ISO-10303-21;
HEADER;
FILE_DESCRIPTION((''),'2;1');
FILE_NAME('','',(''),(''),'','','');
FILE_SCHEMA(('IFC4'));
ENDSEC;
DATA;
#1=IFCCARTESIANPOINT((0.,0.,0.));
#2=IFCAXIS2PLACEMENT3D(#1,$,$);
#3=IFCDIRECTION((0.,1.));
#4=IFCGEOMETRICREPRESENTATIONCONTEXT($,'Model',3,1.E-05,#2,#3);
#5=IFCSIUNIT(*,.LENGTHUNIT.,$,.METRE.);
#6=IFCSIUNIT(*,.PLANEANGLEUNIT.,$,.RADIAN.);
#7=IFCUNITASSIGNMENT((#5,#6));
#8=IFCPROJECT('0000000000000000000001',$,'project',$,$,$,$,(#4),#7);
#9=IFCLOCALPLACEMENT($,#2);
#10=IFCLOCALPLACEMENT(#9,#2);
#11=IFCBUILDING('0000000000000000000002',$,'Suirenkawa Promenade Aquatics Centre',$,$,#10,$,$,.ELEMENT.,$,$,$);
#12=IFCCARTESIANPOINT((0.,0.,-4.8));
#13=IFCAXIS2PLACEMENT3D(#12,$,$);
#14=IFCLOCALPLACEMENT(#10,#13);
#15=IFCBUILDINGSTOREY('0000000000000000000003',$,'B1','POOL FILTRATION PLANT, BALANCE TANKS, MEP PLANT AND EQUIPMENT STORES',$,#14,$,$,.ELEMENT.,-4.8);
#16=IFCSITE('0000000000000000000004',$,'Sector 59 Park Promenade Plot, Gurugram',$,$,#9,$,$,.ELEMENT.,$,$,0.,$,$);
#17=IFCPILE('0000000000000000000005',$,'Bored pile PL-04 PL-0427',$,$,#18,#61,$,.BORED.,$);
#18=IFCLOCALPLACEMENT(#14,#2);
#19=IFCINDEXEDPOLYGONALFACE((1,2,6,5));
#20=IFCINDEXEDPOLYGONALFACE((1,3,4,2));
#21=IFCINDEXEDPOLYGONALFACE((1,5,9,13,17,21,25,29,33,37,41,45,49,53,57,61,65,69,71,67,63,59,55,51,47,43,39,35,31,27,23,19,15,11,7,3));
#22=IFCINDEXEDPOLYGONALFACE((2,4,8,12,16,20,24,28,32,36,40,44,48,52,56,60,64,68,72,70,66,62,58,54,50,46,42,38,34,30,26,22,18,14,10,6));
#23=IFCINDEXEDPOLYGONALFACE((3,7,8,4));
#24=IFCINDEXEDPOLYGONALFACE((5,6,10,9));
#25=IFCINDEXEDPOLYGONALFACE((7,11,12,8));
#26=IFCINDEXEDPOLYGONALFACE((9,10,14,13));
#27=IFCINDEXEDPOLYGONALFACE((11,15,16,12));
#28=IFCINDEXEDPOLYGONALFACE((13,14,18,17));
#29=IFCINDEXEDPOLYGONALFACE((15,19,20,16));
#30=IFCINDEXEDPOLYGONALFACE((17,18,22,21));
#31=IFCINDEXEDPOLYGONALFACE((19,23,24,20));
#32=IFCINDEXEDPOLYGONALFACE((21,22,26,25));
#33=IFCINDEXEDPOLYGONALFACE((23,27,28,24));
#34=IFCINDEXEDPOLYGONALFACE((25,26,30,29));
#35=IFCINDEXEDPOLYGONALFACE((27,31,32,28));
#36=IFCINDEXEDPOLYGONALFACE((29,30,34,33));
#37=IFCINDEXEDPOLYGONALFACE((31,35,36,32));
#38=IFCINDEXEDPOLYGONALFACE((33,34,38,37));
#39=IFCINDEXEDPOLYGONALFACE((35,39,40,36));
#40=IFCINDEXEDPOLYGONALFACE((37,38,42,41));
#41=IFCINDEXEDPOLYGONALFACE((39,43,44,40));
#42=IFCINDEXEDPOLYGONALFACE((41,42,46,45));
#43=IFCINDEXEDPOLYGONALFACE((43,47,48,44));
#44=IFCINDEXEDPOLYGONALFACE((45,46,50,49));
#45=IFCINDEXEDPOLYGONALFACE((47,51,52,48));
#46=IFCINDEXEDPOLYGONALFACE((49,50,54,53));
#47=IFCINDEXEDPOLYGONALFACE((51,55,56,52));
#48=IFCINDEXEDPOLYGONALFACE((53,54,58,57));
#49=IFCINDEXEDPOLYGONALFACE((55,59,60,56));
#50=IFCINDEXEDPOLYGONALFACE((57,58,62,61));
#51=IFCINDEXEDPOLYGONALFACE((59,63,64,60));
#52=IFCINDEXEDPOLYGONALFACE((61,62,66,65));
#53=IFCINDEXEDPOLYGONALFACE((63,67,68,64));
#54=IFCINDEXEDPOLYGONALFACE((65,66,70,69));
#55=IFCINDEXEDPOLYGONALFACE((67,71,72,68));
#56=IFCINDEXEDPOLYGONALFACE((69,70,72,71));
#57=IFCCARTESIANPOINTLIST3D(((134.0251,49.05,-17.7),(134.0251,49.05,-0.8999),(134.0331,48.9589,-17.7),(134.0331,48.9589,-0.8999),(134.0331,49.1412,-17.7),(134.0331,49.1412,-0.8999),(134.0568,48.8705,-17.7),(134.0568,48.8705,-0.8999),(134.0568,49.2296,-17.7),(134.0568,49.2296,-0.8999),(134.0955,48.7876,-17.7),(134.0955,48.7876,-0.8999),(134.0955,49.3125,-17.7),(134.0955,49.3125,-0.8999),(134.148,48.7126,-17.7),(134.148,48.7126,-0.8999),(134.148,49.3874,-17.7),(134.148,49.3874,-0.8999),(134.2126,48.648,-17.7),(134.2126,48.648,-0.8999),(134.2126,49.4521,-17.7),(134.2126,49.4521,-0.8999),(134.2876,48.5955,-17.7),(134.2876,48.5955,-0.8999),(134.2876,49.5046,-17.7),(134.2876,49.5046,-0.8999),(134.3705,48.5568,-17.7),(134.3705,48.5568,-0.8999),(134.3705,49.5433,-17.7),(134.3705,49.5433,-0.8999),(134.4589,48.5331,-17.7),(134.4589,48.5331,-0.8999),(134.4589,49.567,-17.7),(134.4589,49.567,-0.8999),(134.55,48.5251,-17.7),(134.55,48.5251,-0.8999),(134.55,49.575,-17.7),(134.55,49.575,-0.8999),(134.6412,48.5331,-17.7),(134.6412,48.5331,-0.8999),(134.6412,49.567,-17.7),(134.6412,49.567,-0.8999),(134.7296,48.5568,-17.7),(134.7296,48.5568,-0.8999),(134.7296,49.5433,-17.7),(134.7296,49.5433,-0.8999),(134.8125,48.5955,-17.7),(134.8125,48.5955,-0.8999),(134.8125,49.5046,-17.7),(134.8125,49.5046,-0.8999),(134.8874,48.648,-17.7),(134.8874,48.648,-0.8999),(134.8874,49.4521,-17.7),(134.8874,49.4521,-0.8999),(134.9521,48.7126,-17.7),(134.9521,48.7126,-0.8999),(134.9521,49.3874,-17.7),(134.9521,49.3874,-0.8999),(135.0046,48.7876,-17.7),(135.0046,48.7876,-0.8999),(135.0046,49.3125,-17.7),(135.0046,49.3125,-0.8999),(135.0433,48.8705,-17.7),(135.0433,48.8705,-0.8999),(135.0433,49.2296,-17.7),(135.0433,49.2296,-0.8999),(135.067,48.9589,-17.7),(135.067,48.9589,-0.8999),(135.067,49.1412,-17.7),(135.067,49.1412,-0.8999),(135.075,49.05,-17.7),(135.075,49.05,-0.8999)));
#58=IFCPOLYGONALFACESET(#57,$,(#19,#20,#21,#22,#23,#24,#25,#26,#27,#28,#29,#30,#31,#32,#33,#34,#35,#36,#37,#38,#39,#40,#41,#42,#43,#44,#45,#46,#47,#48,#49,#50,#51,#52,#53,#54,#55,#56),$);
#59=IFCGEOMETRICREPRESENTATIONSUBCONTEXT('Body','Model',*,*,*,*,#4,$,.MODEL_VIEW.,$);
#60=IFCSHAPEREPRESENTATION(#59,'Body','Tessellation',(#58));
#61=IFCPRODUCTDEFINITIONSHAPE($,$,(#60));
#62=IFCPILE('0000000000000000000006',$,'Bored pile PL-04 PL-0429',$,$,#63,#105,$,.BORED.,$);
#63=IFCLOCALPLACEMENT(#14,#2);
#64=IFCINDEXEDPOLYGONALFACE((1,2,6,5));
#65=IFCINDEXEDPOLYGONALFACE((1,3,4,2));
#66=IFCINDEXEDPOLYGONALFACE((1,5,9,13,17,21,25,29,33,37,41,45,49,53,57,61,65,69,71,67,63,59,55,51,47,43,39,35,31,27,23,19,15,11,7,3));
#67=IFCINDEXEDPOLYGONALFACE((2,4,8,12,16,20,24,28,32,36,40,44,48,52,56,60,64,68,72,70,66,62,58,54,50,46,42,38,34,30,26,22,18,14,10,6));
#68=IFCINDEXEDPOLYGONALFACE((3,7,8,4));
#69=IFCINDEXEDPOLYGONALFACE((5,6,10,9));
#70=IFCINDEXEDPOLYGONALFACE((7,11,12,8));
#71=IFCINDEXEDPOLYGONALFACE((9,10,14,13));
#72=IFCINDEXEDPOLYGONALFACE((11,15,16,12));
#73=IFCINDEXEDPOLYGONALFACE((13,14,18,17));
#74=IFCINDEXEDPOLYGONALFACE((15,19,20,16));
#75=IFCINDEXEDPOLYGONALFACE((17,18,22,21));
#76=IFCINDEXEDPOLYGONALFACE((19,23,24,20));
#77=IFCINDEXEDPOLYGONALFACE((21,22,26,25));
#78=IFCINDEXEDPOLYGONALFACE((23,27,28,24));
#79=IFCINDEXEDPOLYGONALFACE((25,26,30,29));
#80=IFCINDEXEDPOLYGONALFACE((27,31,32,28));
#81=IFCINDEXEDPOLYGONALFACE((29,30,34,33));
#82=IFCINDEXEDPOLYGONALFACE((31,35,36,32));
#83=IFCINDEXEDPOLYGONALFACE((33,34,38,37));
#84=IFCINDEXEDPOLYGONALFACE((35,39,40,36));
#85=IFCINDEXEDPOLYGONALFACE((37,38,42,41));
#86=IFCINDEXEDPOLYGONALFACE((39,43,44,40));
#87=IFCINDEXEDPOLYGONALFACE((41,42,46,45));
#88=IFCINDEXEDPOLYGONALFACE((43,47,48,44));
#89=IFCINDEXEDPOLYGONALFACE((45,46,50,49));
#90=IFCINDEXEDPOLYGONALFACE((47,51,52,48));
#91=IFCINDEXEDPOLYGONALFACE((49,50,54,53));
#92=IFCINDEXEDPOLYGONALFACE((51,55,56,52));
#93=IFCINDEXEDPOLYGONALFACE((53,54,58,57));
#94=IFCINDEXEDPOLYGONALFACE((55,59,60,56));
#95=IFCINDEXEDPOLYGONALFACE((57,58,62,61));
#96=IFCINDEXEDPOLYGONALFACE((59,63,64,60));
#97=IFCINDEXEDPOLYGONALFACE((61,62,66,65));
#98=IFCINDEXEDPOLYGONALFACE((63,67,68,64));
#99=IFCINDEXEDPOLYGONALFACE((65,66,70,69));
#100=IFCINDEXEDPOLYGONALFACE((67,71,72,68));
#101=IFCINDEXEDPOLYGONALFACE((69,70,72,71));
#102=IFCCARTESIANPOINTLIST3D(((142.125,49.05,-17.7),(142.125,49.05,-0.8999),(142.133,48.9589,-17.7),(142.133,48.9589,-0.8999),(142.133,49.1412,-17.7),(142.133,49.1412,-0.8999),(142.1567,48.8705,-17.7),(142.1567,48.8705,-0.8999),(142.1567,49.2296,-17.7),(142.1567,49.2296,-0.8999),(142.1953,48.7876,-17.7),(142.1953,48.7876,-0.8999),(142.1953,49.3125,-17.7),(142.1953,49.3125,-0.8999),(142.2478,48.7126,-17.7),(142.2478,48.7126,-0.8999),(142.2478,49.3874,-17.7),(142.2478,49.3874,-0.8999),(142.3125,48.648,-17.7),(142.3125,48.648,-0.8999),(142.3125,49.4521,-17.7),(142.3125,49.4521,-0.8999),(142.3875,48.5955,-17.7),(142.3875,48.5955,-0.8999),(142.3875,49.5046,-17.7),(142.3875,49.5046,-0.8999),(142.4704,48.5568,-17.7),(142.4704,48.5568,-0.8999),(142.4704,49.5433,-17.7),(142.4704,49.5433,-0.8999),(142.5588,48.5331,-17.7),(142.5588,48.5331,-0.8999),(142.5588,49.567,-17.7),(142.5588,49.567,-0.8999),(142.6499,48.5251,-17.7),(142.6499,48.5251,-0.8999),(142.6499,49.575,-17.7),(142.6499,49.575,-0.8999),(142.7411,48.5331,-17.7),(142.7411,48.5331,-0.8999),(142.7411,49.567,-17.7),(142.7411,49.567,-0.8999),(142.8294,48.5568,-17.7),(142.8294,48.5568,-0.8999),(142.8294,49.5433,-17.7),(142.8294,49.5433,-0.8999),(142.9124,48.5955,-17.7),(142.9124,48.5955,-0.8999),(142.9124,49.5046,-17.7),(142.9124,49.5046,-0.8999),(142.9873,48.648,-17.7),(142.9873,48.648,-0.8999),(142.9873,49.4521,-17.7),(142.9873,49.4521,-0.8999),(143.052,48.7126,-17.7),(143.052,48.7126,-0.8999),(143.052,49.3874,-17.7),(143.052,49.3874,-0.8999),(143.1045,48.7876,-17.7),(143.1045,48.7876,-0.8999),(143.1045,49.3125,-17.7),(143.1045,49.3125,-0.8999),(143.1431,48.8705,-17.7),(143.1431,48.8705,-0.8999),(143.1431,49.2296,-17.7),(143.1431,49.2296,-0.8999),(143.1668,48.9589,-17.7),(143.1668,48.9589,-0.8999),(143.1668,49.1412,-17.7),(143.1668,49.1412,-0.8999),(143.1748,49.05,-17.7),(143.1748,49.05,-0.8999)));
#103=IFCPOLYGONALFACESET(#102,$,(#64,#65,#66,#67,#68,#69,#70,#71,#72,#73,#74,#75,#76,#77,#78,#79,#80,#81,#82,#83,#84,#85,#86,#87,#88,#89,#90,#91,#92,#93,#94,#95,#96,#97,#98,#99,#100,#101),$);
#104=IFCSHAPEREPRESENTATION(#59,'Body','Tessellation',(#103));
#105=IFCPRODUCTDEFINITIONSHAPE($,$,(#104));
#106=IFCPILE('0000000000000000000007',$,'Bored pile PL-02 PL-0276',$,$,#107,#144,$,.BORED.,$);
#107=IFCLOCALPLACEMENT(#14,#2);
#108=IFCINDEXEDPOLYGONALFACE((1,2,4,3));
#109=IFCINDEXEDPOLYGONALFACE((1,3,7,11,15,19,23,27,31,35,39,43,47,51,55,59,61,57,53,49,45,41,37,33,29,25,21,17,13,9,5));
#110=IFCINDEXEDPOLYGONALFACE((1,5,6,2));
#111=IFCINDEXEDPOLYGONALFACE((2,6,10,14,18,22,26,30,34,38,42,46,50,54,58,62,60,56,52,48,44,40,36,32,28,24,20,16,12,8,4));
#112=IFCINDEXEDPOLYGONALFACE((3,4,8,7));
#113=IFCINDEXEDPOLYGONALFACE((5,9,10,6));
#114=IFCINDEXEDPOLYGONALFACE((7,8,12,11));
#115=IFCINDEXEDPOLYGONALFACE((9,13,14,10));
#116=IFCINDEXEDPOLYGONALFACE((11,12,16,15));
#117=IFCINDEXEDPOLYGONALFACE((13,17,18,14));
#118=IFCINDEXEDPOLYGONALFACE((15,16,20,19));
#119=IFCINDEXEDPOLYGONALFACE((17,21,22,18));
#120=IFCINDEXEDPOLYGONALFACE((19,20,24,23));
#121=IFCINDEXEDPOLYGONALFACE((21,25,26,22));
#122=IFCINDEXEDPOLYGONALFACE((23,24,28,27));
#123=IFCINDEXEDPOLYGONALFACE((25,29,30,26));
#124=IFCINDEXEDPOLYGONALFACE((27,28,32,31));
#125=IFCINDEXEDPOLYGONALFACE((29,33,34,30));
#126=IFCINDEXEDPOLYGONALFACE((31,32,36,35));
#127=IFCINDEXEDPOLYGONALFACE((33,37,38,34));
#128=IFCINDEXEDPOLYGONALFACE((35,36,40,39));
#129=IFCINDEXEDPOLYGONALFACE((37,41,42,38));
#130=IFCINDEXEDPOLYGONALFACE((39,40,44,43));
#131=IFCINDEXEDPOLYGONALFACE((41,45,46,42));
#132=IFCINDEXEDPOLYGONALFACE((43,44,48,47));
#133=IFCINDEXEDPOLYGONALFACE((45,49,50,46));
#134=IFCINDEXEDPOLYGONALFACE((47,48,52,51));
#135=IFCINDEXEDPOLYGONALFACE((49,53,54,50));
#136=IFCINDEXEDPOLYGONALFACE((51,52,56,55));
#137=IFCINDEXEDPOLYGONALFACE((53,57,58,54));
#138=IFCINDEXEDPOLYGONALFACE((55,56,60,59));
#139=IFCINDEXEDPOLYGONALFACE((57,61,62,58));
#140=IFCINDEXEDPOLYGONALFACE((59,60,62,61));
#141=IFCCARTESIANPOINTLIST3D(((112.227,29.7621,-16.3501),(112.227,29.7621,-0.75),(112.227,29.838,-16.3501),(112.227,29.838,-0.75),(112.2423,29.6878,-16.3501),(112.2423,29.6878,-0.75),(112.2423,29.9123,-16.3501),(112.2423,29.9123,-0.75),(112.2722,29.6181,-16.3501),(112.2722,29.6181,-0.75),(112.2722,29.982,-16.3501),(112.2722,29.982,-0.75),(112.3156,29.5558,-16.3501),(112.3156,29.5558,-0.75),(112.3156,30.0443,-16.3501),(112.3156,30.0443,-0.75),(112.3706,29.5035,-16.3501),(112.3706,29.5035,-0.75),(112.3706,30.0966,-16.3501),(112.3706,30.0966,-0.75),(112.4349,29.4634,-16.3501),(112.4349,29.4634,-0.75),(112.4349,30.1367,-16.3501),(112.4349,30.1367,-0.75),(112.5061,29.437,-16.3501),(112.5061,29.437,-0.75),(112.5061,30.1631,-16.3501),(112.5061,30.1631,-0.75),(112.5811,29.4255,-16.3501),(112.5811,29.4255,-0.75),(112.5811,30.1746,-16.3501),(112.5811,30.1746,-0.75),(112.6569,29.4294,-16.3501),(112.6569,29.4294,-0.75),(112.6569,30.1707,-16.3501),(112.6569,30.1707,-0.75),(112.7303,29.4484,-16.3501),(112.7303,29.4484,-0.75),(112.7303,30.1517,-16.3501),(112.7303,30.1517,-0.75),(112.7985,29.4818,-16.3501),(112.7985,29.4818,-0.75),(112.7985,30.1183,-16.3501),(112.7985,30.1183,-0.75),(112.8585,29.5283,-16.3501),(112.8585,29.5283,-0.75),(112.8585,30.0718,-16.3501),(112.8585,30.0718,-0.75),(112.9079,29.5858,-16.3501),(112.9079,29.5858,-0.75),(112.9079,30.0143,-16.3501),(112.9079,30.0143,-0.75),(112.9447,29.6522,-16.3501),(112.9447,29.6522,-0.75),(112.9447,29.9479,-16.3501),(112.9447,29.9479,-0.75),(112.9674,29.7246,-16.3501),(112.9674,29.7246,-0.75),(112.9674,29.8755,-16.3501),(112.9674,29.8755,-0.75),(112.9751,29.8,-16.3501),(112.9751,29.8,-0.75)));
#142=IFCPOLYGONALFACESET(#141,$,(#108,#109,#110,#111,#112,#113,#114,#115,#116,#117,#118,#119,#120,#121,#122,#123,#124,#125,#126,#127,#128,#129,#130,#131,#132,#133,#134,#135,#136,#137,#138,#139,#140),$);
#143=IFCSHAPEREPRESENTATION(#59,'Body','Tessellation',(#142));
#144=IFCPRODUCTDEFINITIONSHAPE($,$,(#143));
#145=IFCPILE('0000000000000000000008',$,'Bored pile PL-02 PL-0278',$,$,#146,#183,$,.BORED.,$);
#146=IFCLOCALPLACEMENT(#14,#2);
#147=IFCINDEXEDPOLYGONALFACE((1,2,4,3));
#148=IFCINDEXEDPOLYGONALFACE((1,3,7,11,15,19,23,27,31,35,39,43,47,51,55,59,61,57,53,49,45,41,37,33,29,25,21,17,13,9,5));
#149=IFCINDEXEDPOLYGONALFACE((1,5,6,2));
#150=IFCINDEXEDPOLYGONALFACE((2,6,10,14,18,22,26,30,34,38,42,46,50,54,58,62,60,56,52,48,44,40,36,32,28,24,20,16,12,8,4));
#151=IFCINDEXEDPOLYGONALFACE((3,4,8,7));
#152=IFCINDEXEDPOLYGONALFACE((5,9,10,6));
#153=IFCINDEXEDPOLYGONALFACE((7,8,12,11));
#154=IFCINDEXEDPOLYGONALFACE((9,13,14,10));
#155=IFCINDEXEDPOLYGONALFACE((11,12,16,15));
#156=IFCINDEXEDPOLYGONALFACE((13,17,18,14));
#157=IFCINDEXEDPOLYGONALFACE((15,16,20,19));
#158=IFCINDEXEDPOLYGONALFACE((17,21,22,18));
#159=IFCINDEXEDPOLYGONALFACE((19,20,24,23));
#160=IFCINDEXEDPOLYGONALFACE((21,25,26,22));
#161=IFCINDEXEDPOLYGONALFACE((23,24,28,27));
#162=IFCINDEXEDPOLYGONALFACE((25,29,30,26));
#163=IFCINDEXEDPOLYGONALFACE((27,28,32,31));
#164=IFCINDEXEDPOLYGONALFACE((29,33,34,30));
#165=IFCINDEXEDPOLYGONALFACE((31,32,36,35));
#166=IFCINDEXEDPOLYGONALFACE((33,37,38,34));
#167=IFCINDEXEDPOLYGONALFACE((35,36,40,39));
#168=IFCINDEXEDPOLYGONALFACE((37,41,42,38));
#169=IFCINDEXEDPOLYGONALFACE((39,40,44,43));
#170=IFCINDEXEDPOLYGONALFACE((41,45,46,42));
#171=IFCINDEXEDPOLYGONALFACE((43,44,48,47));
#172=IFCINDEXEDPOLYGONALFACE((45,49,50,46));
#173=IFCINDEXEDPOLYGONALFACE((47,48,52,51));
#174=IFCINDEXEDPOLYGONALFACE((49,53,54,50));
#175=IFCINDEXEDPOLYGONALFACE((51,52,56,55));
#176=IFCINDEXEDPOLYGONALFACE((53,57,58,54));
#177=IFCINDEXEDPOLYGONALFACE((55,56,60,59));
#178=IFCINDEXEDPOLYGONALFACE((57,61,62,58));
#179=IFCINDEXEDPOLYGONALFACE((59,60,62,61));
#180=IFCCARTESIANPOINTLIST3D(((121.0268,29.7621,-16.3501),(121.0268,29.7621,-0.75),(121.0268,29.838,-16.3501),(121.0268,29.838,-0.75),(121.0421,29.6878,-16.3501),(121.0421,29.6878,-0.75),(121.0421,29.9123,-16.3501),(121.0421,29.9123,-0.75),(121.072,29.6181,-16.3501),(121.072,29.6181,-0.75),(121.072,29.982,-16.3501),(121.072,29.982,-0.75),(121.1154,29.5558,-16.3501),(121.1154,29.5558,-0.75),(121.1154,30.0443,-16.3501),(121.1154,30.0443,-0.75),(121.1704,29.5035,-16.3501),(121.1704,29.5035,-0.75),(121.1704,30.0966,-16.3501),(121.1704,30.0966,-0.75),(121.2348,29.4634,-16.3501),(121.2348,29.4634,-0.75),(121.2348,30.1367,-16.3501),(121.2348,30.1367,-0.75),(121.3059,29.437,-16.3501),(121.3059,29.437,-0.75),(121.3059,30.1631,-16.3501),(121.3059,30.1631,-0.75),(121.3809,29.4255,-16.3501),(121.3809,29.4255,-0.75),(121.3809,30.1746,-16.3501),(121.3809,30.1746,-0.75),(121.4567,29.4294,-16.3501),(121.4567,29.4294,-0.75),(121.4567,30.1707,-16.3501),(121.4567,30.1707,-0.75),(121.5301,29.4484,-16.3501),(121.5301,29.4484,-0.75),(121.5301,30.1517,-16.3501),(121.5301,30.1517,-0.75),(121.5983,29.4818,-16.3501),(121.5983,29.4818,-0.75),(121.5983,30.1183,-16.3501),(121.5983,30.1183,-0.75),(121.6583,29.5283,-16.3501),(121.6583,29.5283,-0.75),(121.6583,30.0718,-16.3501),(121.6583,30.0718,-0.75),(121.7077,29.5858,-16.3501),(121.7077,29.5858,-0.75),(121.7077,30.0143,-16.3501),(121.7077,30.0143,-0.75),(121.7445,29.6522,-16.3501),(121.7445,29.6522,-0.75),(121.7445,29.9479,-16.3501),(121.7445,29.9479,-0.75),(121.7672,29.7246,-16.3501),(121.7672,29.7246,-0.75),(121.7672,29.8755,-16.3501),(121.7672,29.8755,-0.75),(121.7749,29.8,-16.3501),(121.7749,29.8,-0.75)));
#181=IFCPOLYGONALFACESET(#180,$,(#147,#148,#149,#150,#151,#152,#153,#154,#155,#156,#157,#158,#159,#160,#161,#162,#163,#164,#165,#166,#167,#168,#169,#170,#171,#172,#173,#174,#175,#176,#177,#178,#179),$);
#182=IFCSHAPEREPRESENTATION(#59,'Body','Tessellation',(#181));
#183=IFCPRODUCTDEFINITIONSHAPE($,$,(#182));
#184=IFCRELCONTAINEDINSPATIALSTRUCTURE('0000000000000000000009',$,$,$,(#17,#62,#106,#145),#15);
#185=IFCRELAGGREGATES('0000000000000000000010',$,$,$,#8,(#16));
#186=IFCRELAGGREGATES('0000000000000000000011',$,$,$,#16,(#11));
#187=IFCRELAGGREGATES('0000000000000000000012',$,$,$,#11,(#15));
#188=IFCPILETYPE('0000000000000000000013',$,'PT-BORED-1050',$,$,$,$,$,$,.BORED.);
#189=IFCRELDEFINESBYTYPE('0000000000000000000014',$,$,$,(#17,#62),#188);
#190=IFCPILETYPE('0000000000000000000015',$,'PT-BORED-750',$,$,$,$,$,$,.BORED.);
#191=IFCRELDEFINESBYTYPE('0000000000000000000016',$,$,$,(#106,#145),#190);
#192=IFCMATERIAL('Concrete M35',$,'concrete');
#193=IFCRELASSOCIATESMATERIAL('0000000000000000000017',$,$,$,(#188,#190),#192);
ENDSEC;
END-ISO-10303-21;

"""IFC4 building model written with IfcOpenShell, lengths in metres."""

from ifc_helpers import new_model, si_unit, direction, frame, origin, origin_2d, place, context, subcontext, project, spatial, circle, extrude, material, material_profile, profile_set, type_object, element, save


model = new_model("IFC4")

# Units and contexts
model_context = context("Model", 3, precision=1e-05, world=origin(), true_north=direction((0.0, 1.0)))
body_context = subcontext(model_context, "Body", "Model", "MODEL_VIEW")
ifc_project = project(units=[si_unit("LENGTHUNIT", "METRE"), si_unit("PLANEANGLEUNIT", "RADIAN")], contexts=[model_context])

# Site, building, storey
site_placement = place(None, origin())
site = spatial("IfcSite", under=ifc_project, at=site_placement, Name="Sector 59 Park Promenade Plot, Gurugram", CompositionType="ELEMENT", RefElevation=0.0)
building_placement = place(site_placement, origin())
building = spatial("IfcBuilding", under=site, at=building_placement, Name="Suirenkawa Promenade Aquatics Centre", CompositionType="ELEMENT")
storey_placement = place(building_placement, frame((0.0, 0.0, -4.8)))
storey = spatial("IfcBuildingStorey", under=building, at=storey_placement, Name="B1", Description="POOL FILTRATION PLANT, BALANCE TANKS, MEP PLANT AND EQUIPMENT STORES", CompositionType="ELEMENT", Elevation=-4.8)

# Shared definitions
ifc_material_1 = material(Name="Concrete M35", Category="concrete")

# Piles
ifc_material_profile_1 = material_profile(ifc_material_1, circle(Radius=0.5249, at=origin_2d()), Name="PILE D1050", Category="concrete")
ifc_profile_set_1 = profile_set([ifc_material_profile_1], Name="Concrete M35")
pile_type_1 = type_object("IfcPileType", Name="PT-BORED-1050", PredefinedType="BORED", material=ifc_profile_set_1)
for number, where, z_axis, x_axis, name in (
    (1, (134.55, 49.05, -0.8999), (0.0, 0.0, -1.0), (1.0, 0.0, 0.0), "Bored pile PL-04 PL-0427"),
    (2, (142.6499, 49.05, -0.8999), (0.0, 0.0, -1.0), (1.0, 0.0, 0.0), "Bored pile PL-04 PL-0429"),
):
    element("IfcPile", number, at=place(storey_placement, frame(where, z_axis=z_axis, x_axis=x_axis)), inside=storey, type_object=pile_type_1, Name=name, PredefinedType="BORED", context=body_context, shape_type="SweptSolid", body=[
        extrude(circle(Radius=0.5249, at=origin_2d()), origin(), (0.0, 0.0, 1.0), 16.8),
    ])
ifc_material_profile_2 = material_profile(ifc_material_1, circle(Radius=0.375, at=origin_2d()), Name="PILE D750", Category="concrete")
ifc_profile_set_2 = profile_set([ifc_material_profile_2], Name="Concrete M35")
pile_type_2 = type_object("IfcPileType", Name="PT-BORED-750", PredefinedType="BORED", material=ifc_profile_set_2)
for number, where, z_axis, x_axis, name in (
    (3, (112.6001, 29.8, -0.75), (0.0, 0.0, -1.0), (1.0, 0.0, 0.0), "Bored pile PL-02 PL-0276"),
    (4, (121.3999, 29.8, -0.75), (0.0, 0.0, -1.0), (1.0, 0.0, 0.0), "Bored pile PL-02 PL-0278"),
):
    element("IfcPile", number, at=place(storey_placement, frame(where, z_axis=z_axis, x_axis=x_axis)), inside=storey, type_object=pile_type_2, Name=name, PredefinedType="BORED", context=body_context, shape_type="SweptSolid", body=[
        extrude(circle(Radius=0.375, at=origin_2d()), origin(), (0.0, 0.0, 1.0), 15.6001),
    ])

save(model, "model.ifc")
